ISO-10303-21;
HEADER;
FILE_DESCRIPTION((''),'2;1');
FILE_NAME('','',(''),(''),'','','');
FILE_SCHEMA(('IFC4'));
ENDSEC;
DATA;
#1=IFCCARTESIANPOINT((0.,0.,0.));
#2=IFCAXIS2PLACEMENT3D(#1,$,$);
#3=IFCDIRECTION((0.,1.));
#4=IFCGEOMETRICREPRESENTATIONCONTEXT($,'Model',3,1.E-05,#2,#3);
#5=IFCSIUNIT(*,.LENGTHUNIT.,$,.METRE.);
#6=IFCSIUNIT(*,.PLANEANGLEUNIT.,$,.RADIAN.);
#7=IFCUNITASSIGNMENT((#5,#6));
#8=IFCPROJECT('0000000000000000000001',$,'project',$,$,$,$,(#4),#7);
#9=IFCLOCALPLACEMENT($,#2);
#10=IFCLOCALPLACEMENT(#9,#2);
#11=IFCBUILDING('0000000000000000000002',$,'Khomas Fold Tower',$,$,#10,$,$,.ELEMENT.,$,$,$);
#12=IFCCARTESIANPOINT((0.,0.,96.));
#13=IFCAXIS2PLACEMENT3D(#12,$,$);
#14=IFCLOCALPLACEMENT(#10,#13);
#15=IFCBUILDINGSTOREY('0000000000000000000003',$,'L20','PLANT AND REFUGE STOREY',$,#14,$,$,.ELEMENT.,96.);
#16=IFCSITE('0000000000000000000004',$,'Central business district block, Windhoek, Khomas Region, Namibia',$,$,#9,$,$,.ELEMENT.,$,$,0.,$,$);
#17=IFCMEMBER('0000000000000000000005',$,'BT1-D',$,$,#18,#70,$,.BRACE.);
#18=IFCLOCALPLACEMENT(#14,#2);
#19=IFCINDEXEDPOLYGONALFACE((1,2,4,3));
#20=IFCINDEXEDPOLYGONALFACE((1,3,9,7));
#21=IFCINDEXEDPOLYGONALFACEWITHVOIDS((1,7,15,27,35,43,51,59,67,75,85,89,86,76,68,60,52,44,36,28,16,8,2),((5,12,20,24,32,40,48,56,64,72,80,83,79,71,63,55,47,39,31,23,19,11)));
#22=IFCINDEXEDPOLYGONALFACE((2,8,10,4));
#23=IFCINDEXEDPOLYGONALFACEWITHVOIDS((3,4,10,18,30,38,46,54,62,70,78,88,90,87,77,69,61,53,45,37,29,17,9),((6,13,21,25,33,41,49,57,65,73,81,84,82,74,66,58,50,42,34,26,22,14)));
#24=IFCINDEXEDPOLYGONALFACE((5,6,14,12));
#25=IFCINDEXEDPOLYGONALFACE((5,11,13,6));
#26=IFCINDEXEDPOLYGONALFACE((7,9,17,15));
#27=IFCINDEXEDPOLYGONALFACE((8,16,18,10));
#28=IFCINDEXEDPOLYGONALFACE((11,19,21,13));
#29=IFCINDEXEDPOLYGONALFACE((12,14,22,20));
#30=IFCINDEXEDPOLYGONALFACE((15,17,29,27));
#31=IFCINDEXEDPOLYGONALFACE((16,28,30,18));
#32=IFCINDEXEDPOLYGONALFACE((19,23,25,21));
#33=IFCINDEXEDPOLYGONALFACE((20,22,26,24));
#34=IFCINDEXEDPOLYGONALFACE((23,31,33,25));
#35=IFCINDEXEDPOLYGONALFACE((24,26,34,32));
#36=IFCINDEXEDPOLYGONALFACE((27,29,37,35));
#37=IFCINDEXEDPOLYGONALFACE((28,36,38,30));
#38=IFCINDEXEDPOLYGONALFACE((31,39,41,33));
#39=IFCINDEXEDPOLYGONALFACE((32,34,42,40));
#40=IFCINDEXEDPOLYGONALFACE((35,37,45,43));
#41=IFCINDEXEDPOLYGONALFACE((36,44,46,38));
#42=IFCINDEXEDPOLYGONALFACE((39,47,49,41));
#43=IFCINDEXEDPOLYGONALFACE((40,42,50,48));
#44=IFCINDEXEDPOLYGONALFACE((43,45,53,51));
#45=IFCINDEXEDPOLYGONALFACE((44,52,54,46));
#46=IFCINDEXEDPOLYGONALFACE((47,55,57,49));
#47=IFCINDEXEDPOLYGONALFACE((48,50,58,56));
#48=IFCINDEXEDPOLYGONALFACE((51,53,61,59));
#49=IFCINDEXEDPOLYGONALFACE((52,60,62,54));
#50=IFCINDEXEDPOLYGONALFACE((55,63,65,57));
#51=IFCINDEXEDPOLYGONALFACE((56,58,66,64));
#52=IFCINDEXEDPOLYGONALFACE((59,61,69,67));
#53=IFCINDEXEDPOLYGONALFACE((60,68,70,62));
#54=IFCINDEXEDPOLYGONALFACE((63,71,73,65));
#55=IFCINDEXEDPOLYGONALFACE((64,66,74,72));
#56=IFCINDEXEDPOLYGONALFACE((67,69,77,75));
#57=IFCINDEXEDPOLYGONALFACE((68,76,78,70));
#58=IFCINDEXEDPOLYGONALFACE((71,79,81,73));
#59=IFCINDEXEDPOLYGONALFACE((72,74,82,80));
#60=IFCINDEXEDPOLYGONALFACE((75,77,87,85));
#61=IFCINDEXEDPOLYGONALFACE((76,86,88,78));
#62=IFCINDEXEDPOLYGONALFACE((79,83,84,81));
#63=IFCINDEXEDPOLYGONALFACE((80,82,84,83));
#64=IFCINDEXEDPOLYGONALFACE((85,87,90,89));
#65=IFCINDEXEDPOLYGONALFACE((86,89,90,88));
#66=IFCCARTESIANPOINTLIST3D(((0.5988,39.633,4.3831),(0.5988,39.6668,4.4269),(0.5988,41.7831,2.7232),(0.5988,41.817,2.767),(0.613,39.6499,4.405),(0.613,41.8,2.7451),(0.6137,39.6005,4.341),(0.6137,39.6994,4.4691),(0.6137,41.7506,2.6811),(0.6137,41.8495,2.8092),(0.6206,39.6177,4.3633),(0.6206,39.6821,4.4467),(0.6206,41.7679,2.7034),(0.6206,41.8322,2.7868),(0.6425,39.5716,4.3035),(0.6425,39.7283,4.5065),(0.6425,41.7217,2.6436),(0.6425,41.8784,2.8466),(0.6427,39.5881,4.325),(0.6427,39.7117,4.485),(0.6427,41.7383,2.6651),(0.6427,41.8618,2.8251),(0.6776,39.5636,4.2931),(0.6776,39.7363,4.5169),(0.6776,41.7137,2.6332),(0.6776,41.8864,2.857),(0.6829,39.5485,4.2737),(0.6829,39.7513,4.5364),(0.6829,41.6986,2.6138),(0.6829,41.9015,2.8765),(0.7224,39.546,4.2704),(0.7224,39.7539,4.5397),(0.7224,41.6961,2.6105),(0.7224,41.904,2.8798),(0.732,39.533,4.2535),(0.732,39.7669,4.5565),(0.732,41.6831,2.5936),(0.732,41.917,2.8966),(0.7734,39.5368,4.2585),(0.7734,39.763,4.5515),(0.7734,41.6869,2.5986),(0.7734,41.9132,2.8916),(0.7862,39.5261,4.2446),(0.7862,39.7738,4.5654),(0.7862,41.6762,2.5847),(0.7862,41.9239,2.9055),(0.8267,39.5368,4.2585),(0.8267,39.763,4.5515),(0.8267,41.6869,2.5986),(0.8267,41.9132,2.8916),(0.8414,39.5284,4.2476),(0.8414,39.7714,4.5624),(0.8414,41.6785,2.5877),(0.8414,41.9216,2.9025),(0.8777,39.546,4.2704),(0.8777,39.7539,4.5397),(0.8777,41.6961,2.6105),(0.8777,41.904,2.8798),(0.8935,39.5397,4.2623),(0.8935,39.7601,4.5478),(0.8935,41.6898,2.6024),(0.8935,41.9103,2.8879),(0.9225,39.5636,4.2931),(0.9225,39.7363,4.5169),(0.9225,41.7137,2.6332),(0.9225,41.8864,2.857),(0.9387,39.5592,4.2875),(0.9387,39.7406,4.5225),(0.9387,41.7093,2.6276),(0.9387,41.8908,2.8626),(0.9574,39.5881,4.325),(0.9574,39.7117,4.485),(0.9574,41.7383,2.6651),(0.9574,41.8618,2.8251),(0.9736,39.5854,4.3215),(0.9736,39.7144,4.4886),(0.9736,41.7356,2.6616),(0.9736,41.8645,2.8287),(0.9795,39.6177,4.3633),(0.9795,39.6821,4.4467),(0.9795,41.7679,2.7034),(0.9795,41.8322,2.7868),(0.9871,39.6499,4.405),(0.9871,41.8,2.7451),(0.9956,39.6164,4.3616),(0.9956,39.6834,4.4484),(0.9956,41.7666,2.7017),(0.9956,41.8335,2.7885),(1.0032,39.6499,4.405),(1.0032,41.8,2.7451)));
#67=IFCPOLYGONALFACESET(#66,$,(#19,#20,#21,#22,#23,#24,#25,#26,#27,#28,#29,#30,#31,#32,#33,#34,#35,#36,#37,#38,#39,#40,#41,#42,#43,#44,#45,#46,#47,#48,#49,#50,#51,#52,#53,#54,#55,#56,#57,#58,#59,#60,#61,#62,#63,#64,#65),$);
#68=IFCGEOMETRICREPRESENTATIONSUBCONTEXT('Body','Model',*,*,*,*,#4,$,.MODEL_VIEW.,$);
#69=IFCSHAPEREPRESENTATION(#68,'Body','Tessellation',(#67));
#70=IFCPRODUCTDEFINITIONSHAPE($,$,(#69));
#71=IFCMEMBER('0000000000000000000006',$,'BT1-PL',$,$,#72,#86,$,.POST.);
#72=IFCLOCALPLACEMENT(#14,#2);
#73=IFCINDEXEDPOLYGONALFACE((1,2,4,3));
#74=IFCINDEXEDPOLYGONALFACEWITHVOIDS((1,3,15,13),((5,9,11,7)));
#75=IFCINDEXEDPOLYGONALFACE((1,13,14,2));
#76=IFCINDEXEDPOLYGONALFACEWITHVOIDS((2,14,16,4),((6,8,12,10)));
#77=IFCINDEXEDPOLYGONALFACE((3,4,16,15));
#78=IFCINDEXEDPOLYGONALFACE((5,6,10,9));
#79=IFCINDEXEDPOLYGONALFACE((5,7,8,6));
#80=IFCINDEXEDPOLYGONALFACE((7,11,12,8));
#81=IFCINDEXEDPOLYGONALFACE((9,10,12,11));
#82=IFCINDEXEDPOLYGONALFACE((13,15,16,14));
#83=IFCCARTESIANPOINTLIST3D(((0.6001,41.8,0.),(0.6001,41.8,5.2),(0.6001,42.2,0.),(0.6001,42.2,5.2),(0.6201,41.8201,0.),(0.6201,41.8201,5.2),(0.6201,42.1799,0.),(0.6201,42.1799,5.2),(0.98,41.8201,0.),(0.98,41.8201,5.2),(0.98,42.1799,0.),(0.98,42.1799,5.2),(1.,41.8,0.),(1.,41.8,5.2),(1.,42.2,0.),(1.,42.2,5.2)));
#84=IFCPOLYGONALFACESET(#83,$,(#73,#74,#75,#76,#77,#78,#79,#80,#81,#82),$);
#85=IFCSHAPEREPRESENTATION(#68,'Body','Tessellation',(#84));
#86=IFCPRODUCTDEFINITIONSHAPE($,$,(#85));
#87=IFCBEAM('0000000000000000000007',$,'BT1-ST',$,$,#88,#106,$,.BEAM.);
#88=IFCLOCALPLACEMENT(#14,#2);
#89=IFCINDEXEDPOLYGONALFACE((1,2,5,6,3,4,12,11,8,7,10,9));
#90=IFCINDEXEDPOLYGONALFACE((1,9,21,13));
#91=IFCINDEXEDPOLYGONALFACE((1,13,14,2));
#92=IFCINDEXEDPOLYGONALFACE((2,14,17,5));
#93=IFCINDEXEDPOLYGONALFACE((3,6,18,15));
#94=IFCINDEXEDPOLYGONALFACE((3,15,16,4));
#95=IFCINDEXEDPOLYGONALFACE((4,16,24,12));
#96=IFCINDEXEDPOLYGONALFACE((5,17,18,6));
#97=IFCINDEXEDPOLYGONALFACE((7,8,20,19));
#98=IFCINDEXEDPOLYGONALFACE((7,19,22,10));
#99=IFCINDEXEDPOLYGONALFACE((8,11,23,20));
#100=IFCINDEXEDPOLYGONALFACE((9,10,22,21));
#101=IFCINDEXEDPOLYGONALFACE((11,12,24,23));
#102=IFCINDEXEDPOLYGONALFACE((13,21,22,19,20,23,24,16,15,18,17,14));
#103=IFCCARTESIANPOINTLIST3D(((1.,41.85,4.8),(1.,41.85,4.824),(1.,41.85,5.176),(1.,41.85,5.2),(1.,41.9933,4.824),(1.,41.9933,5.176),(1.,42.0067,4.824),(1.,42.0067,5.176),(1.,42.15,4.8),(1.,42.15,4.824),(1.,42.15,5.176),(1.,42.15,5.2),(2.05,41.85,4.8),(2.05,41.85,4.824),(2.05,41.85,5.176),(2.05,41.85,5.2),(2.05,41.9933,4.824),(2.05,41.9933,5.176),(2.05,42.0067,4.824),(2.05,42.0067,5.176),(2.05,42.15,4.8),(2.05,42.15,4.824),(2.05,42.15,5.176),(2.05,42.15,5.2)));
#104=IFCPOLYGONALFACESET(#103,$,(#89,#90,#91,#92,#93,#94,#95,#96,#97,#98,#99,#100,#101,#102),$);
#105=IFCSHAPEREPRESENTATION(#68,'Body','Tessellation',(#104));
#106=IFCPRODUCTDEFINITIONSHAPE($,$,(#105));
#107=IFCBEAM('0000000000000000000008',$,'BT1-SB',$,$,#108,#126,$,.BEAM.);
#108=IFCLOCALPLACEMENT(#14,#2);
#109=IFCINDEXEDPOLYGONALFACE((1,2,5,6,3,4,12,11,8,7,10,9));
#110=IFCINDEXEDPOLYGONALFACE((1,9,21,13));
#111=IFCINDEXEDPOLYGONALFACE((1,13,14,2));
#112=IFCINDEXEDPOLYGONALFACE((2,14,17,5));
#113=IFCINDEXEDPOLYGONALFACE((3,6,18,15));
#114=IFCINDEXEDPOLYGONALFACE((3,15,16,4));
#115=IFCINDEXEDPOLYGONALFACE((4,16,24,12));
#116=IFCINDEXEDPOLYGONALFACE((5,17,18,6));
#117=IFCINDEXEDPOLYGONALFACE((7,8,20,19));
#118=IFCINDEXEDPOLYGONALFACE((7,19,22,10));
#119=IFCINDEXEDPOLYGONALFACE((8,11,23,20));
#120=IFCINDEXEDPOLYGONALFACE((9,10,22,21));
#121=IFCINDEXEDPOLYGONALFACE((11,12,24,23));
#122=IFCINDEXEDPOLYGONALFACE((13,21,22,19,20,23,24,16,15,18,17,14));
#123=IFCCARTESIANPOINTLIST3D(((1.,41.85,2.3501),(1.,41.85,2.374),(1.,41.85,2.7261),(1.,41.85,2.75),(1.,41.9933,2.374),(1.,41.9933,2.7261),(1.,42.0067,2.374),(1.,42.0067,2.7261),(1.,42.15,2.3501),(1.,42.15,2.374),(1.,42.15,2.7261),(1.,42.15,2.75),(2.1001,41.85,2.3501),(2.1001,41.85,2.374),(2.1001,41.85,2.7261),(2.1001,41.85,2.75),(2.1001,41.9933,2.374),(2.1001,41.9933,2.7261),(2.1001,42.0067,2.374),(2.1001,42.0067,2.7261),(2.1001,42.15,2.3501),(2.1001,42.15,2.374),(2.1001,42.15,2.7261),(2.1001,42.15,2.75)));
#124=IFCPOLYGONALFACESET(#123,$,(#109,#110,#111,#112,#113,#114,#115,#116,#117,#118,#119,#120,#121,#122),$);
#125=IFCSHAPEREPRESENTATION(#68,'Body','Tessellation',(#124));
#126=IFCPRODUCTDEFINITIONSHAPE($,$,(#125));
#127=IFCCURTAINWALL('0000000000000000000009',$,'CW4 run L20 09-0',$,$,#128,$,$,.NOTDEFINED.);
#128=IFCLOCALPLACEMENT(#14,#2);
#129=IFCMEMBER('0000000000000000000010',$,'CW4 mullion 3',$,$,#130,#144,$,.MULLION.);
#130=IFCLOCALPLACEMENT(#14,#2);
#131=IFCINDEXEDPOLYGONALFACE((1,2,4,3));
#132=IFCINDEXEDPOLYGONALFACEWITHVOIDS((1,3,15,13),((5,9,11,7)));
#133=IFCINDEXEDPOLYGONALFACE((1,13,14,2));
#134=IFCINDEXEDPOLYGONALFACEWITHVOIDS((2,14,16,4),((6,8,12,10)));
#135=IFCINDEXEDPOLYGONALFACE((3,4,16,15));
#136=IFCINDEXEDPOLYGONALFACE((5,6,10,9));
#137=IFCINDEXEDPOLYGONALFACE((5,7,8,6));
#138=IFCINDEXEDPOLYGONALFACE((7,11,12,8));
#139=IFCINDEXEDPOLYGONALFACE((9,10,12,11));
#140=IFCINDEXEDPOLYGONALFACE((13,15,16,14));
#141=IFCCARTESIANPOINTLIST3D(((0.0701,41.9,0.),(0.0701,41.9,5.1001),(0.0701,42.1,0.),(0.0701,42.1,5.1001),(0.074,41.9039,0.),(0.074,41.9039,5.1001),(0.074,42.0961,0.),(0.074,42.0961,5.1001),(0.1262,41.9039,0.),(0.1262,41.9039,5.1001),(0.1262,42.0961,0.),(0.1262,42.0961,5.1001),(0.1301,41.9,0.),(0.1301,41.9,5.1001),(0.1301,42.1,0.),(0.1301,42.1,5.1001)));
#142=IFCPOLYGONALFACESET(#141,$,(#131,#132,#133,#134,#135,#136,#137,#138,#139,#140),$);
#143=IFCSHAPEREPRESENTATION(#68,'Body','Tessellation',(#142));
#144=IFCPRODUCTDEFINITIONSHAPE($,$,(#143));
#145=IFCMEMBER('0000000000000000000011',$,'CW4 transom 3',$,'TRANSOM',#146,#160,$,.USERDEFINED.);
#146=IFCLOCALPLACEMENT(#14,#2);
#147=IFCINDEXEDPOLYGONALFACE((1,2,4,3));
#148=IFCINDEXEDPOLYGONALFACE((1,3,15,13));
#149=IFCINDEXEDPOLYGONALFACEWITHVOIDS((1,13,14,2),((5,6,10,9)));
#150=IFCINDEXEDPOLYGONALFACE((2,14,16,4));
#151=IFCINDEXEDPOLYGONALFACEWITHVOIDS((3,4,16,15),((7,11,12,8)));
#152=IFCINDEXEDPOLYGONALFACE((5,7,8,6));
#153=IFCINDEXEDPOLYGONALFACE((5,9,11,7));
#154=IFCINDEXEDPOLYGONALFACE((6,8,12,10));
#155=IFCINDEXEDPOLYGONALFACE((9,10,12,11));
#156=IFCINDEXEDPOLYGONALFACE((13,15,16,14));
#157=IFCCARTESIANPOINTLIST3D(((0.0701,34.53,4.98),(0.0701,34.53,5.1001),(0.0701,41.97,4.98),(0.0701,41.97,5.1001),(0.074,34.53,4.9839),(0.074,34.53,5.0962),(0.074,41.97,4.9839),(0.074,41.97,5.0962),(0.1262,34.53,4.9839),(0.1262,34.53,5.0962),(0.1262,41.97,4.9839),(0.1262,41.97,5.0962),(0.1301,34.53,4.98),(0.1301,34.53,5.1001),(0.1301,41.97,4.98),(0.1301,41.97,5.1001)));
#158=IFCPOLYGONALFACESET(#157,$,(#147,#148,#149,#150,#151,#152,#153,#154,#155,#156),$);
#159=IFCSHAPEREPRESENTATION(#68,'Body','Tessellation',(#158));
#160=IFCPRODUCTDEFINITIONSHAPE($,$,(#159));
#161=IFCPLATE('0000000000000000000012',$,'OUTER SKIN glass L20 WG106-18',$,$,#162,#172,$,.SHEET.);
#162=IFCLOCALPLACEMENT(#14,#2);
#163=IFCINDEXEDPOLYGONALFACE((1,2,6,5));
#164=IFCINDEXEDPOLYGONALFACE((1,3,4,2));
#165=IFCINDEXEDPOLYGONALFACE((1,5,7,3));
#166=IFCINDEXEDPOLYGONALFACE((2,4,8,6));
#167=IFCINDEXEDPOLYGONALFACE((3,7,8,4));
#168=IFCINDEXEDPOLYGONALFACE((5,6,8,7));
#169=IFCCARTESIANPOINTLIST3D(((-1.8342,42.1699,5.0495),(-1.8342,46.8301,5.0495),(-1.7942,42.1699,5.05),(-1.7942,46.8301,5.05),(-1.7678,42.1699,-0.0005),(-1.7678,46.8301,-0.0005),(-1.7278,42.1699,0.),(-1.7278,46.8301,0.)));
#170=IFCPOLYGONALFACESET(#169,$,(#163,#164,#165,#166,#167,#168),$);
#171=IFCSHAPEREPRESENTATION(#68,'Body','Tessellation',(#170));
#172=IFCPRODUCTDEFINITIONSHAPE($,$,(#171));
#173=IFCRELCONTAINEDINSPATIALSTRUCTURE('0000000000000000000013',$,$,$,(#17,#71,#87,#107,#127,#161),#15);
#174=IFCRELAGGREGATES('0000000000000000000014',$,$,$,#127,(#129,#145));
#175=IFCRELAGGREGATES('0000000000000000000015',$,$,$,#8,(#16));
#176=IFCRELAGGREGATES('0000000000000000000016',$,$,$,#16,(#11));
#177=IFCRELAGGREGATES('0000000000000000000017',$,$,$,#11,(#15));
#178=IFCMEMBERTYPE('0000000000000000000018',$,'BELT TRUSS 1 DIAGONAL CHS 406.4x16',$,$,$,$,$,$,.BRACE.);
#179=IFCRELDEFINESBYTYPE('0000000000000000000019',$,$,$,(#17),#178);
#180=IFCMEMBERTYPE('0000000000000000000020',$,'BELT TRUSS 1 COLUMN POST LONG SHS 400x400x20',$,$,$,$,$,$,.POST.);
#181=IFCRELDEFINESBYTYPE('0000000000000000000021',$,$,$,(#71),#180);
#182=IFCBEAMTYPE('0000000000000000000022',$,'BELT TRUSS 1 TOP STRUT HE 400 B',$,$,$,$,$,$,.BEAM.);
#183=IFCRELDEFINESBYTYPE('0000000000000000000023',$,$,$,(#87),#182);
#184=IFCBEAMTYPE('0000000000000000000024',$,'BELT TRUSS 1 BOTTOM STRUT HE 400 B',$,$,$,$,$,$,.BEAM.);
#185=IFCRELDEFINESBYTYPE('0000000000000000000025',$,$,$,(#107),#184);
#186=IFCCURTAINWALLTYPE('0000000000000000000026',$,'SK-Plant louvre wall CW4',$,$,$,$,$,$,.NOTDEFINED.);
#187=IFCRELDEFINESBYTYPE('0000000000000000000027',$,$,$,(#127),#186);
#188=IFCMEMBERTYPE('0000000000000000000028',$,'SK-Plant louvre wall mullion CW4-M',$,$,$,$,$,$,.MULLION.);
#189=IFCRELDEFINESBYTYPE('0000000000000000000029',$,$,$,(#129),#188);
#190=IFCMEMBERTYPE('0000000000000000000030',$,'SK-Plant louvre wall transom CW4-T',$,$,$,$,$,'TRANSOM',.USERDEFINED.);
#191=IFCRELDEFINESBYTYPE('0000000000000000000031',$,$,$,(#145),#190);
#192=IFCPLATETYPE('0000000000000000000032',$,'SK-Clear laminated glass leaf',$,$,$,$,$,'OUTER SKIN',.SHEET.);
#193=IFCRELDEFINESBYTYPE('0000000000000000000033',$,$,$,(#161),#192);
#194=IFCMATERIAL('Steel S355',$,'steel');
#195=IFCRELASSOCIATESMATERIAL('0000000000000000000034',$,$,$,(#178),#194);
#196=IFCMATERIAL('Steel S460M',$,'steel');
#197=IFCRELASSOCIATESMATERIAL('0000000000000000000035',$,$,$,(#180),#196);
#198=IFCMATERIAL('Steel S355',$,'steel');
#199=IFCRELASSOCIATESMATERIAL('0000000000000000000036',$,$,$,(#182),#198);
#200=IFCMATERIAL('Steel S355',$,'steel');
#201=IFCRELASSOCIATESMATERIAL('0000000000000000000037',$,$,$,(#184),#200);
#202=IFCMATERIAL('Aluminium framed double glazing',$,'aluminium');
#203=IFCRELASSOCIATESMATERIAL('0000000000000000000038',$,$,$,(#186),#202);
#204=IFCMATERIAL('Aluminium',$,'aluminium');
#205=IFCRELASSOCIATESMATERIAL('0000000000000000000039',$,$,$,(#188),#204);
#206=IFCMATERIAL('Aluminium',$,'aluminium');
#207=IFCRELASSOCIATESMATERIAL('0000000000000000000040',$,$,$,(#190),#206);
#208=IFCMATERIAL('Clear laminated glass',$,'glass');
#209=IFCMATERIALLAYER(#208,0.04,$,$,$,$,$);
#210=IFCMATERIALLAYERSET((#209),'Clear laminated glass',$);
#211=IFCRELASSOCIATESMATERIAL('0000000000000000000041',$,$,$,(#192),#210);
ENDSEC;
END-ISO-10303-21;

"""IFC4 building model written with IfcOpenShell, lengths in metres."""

from ifc_helpers import new_model, si_unit, direction, frame, origin, origin_2d, place, context, subcontext, project, spatial, polyline, hollow_rectangle, hollow_circle, i_section, outline, extrude, source, transform, mapped, material, layer, layer_set, material_profile, profile_set, type_object, element, aggregate, save


model = new_model("IFC4")

# Units and contexts
model_context = context("Model", 3, precision=1e-05, world=origin(), true_north=direction((0.0, 1.0)))
body_context = subcontext(model_context, "Body", "Model", "MODEL_VIEW")
ifc_project = project(units=[si_unit("LENGTHUNIT", "METRE"), si_unit("PLANEANGLEUNIT", "RADIAN")], contexts=[model_context])

# Site, building, storey
site_placement = place(None, origin())
site = spatial("IfcSite", under=ifc_project, at=site_placement, Name="Central business district block, Windhoek, Khomas Region, Namibia", CompositionType="ELEMENT", RefElevation=0.0)
building_placement = place(site_placement, origin())
building = spatial("IfcBuilding", under=site, at=building_placement, Name="Khomas Fold Tower", CompositionType="ELEMENT")
storey_placement = place(building_placement, frame((0.0, 0.0, 96.0)))
storey = spatial("IfcBuildingStorey", under=building, at=storey_placement, Name="L20", Description="PLANT AND REFUGE STOREY", CompositionType="ELEMENT", Elevation=96.0)

# Members
ifc_material_1 = material(Name="Steel S355", Category="steel")
ifc_material_profile_1 = material_profile(ifc_material_1, hollow_circle(Radius=0.2031, WallThickness=0.0161, at=origin_2d()), Name="CHS 406.4x16")
ifc_profile_set_1 = profile_set([ifc_material_profile_1], Name="Steel S355")
member_type_1 = type_object("IfcMemberType", Name="BELT TRUSS 1 DIAGONAL CHS 406.4x16", PredefinedType="BRACE", material=ifc_profile_set_1)
shared_shape_1 = source(origin(), body_context, "Body", "SweptSolid", [
    extrude(hollow_circle(Radius=0.2031, WallThickness=0.0161, at=origin_2d()), origin(), (0.0, 0.0, 1.0), 2.7163),
])
member_1_placement = place(storey_placement, frame((0.8, 41.8, 2.7451), z_axis=(0.0, -0.791564, 0.611087), x_axis=(1.0, 0.0, 0.0)))
element("IfcMember", 1, at=member_1_placement, inside=storey, type_object=member_type_1, Name="BT1-D", PredefinedType="BRACE", context=body_context, shape_type="MappedRepresentation", body=[
    mapped(shared_shape_1, transform((0.0, 0.0, 0.0))),
])
ifc_material_2 = material(Name="Steel S460M", Category="steel")
ifc_material_profile_2 = material_profile(ifc_material_2, hollow_rectangle(XDim=0.3999, YDim=0.3999, WallThickness=0.02, at=origin_2d()), Name="SHS 400x400x20")
ifc_profile_set_2 = profile_set([ifc_material_profile_2], Name="Steel S460M")
member_type_2 = type_object("IfcMemberType", Name="BELT TRUSS 1 COLUMN POST LONG SHS 400x400x20", PredefinedType="POST", material=ifc_profile_set_2)
shared_shape_2 = source(origin(), body_context, "Body", "SweptSolid", [
    extrude(hollow_rectangle(XDim=0.3999, YDim=0.3999, WallThickness=0.02, at=origin_2d()), origin(), (0.0, 0.0, 1.0), 5.2),
])
member_2_placement = place(storey_placement, frame((0.8, 42.0, 0.0), z_axis=(0.0, 0.0, 1.0), x_axis=(1.0, 0.0, 0.0)))
element("IfcMember", 2, at=member_2_placement, inside=storey, type_object=member_type_2, Name="BT1-PL", PredefinedType="POST", context=body_context, shape_type="MappedRepresentation", body=[
    mapped(shared_shape_2, transform((0.0, 0.0, 0.0))),
])

# Beams
ifc_material_3 = material(Name="Steel S355", Category="steel")
ifc_material_profile_3 = material_profile(ifc_material_3, i_section(OverallWidth=0.3, OverallDepth=0.3999, WebThickness=0.0134, FlangeThickness=0.0239, at=origin_2d()), Name="HE 400 B")
ifc_profile_set_3 = profile_set([ifc_material_profile_3], Name="Steel S355")
beam_type_1 = type_object("IfcBeamType", Name="BELT TRUSS 1 TOP STRUT HE 400 B", PredefinedType="BEAM", material=ifc_profile_set_3)
shared_shape_3 = source(origin(), body_context, "Body", "SweptSolid", [
    extrude(i_section(OverallWidth=0.3, OverallDepth=0.3999, WebThickness=0.0134, FlangeThickness=0.0239, at=origin_2d()), origin(), (0.0, 0.0, 1.0), 1.05),
])
beam_1_placement = place(storey_placement, frame((2.05, 42.0, 5.0), z_axis=(-1.0, 0.0, 0.0), x_axis=(0.0, -1.0, 0.0)))
element("IfcBeam", 3, at=beam_1_placement, inside=storey, type_object=beam_type_1, Name="BT1-ST", PredefinedType="BEAM", context=body_context, shape_type="MappedRepresentation", body=[
    mapped(shared_shape_3, transform((0.0, 0.0, 0.0))),
])
ifc_material_4 = material(Name="Steel S355", Category="steel")
ifc_material_profile_4 = material_profile(ifc_material_4, i_section(OverallWidth=0.3, OverallDepth=0.3999, WebThickness=0.0134, FlangeThickness=0.0239, at=origin_2d()), Name="HE 400 B")
ifc_profile_set_4 = profile_set([ifc_material_profile_4], Name="Steel S355")
beam_type_2 = type_object("IfcBeamType", Name="BELT TRUSS 1 BOTTOM STRUT HE 400 B", PredefinedType="BEAM", material=ifc_profile_set_4)
shared_shape_4 = source(origin(), body_context, "Body", "SweptSolid", [
    extrude(i_section(OverallWidth=0.3, OverallDepth=0.3999, WebThickness=0.0134, FlangeThickness=0.0239, at=origin_2d()), origin(), (0.0, 0.0, 1.0), 1.1001),
])
beam_2_placement = place(storey_placement, frame((2.1001, 42.0, 2.55), z_axis=(-1.0, 0.0, 0.0), x_axis=(0.0, -1.0, 0.0)))
element("IfcBeam", 4, at=beam_2_placement, inside=storey, type_object=beam_type_2, Name="BT1-SB", PredefinedType="BEAM", context=body_context, shape_type="MappedRepresentation", body=[
    mapped(shared_shape_4, transform((0.0, 0.0, 0.0))),
])

# Curtain wall, members
ifc_material_5 = material(Name="Aluminium framed double glazing", Category="aluminium")
curtain_wall_type = type_object("IfcCurtainWallType", Name="SK-Plant louvre wall CW4", PredefinedType="NOTDEFINED", material=ifc_material_5)
curtain_wall_placement = place(storey_placement, origin())
curtain_wall = element("IfcCurtainWall", 5, at=curtain_wall_placement, inside=storey, type_object=curtain_wall_type, Name="CW4 run L20 09-0", PredefinedType="NOTDEFINED")
ifc_material_6 = material(Name="Aluminium", Category="aluminium")
ifc_material_profile_5 = material_profile(ifc_material_6, hollow_rectangle(XDim=0.0601, YDim=0.2, WallThickness=0.0039, at=origin_2d()), Name="SK-Plant louvre wall mullion CW4-M")
ifc_profile_set_5 = profile_set([ifc_material_profile_5], Name="Aluminium")
member_type_3 = type_object("IfcMemberType", Name="SK-Plant louvre wall mullion CW4-M", PredefinedType="MULLION", material=ifc_profile_set_5)
shared_shape_5 = source(origin(), body_context, "Body", "SweptSolid", [
    extrude(hollow_rectangle(XDim=0.0601, YDim=0.2, WallThickness=0.0039, at=origin_2d()), origin(), (0.0, 0.0, 1.0), 5.1001),
])
member_3_placement = place(storey_placement, frame((0.1001, 42.0, 0.0), z_axis=(0.0, 0.0, 1.0), x_axis=(1.0, 0.0, 0.0)))
member_3 = element("IfcMember", 6, at=member_3_placement, type_object=member_type_3, Name="CW4 mullion 3", PredefinedType="MULLION", context=body_context, shape_type="MappedRepresentation", body=[
    mapped(shared_shape_5, transform((0.0, 0.0, 0.0))),
])
ifc_material_7 = material(Name="Aluminium", Category="aluminium")
ifc_material_profile_6 = material_profile(ifc_material_7, hollow_rectangle(XDim=0.0601, YDim=0.1201, WallThickness=0.0039, at=origin_2d()), Name="SK-Plant louvre wall transom CW4-T")
ifc_profile_set_6 = profile_set([ifc_material_profile_6], Name="Aluminium")
member_type_4 = type_object("IfcMemberType", Name="SK-Plant louvre wall transom CW4-T", ElementType="TRANSOM", PredefinedType="USERDEFINED", material=ifc_profile_set_6)
shared_shape_6 = source(origin(), body_context, "Body", "SweptSolid", [
    extrude(hollow_rectangle(XDim=0.0601, YDim=0.1201, WallThickness=0.0039, at=origin_2d()), origin(), (0.0, 0.0, 1.0), 7.4399),
])
member_4_placement = place(storey_placement, frame((0.1001, 41.97, 5.04), z_axis=(0.0, -1.0, 0.0), x_axis=(1.0, 0.0, 0.0)))
member_4 = element("IfcMember", 7, at=member_4_placement, type_object=member_type_4, Name="CW4 transom 3", ObjectType="TRANSOM", PredefinedType="USERDEFINED", context=body_context, shape_type="MappedRepresentation", body=[
    mapped(shared_shape_6, transform((0.0, 0.0, 0.0))),
])
aggregate(curtain_wall, [member_3, member_4])

# Plate
ifc_material_8 = material(Name="Clear laminated glass", Category="glass")
ifc_layer_1 = layer(ifc_material_8, 0.04)
ifc_layer_set_1 = layer_set([ifc_layer_1], Name="Clear laminated glass")
plate_type = type_object("IfcPlateType", Name="SK-Clear laminated glass leaf", ElementType="OUTER SKIN", PredefinedType="SHEET", material=ifc_layer_set_1)
plate_placement = place(storey_placement, frame((-1.7278, 42.1699, 0.0), z_axis=(0.999914, 0.0, 0.013148), x_axis=(-0.013148, 0.0, 0.999914)))
element("IfcPlate", 8, at=plate_placement, inside=storey, type_object=plate_type, Name="OUTER SKIN glass L20 WG106-18", PredefinedType="SHEET", context=body_context, shape_type="SweptSolid", body=[
    extrude(outline(polyline([(0.0, 0.0), (5.0505, 0.0), (5.0505, -4.6602), (0.0, -4.6602), (0.0, 0.0)])), origin(), (0.0, 0.0, -1.0), 0.04),
])

save(model, "model.ifc")
